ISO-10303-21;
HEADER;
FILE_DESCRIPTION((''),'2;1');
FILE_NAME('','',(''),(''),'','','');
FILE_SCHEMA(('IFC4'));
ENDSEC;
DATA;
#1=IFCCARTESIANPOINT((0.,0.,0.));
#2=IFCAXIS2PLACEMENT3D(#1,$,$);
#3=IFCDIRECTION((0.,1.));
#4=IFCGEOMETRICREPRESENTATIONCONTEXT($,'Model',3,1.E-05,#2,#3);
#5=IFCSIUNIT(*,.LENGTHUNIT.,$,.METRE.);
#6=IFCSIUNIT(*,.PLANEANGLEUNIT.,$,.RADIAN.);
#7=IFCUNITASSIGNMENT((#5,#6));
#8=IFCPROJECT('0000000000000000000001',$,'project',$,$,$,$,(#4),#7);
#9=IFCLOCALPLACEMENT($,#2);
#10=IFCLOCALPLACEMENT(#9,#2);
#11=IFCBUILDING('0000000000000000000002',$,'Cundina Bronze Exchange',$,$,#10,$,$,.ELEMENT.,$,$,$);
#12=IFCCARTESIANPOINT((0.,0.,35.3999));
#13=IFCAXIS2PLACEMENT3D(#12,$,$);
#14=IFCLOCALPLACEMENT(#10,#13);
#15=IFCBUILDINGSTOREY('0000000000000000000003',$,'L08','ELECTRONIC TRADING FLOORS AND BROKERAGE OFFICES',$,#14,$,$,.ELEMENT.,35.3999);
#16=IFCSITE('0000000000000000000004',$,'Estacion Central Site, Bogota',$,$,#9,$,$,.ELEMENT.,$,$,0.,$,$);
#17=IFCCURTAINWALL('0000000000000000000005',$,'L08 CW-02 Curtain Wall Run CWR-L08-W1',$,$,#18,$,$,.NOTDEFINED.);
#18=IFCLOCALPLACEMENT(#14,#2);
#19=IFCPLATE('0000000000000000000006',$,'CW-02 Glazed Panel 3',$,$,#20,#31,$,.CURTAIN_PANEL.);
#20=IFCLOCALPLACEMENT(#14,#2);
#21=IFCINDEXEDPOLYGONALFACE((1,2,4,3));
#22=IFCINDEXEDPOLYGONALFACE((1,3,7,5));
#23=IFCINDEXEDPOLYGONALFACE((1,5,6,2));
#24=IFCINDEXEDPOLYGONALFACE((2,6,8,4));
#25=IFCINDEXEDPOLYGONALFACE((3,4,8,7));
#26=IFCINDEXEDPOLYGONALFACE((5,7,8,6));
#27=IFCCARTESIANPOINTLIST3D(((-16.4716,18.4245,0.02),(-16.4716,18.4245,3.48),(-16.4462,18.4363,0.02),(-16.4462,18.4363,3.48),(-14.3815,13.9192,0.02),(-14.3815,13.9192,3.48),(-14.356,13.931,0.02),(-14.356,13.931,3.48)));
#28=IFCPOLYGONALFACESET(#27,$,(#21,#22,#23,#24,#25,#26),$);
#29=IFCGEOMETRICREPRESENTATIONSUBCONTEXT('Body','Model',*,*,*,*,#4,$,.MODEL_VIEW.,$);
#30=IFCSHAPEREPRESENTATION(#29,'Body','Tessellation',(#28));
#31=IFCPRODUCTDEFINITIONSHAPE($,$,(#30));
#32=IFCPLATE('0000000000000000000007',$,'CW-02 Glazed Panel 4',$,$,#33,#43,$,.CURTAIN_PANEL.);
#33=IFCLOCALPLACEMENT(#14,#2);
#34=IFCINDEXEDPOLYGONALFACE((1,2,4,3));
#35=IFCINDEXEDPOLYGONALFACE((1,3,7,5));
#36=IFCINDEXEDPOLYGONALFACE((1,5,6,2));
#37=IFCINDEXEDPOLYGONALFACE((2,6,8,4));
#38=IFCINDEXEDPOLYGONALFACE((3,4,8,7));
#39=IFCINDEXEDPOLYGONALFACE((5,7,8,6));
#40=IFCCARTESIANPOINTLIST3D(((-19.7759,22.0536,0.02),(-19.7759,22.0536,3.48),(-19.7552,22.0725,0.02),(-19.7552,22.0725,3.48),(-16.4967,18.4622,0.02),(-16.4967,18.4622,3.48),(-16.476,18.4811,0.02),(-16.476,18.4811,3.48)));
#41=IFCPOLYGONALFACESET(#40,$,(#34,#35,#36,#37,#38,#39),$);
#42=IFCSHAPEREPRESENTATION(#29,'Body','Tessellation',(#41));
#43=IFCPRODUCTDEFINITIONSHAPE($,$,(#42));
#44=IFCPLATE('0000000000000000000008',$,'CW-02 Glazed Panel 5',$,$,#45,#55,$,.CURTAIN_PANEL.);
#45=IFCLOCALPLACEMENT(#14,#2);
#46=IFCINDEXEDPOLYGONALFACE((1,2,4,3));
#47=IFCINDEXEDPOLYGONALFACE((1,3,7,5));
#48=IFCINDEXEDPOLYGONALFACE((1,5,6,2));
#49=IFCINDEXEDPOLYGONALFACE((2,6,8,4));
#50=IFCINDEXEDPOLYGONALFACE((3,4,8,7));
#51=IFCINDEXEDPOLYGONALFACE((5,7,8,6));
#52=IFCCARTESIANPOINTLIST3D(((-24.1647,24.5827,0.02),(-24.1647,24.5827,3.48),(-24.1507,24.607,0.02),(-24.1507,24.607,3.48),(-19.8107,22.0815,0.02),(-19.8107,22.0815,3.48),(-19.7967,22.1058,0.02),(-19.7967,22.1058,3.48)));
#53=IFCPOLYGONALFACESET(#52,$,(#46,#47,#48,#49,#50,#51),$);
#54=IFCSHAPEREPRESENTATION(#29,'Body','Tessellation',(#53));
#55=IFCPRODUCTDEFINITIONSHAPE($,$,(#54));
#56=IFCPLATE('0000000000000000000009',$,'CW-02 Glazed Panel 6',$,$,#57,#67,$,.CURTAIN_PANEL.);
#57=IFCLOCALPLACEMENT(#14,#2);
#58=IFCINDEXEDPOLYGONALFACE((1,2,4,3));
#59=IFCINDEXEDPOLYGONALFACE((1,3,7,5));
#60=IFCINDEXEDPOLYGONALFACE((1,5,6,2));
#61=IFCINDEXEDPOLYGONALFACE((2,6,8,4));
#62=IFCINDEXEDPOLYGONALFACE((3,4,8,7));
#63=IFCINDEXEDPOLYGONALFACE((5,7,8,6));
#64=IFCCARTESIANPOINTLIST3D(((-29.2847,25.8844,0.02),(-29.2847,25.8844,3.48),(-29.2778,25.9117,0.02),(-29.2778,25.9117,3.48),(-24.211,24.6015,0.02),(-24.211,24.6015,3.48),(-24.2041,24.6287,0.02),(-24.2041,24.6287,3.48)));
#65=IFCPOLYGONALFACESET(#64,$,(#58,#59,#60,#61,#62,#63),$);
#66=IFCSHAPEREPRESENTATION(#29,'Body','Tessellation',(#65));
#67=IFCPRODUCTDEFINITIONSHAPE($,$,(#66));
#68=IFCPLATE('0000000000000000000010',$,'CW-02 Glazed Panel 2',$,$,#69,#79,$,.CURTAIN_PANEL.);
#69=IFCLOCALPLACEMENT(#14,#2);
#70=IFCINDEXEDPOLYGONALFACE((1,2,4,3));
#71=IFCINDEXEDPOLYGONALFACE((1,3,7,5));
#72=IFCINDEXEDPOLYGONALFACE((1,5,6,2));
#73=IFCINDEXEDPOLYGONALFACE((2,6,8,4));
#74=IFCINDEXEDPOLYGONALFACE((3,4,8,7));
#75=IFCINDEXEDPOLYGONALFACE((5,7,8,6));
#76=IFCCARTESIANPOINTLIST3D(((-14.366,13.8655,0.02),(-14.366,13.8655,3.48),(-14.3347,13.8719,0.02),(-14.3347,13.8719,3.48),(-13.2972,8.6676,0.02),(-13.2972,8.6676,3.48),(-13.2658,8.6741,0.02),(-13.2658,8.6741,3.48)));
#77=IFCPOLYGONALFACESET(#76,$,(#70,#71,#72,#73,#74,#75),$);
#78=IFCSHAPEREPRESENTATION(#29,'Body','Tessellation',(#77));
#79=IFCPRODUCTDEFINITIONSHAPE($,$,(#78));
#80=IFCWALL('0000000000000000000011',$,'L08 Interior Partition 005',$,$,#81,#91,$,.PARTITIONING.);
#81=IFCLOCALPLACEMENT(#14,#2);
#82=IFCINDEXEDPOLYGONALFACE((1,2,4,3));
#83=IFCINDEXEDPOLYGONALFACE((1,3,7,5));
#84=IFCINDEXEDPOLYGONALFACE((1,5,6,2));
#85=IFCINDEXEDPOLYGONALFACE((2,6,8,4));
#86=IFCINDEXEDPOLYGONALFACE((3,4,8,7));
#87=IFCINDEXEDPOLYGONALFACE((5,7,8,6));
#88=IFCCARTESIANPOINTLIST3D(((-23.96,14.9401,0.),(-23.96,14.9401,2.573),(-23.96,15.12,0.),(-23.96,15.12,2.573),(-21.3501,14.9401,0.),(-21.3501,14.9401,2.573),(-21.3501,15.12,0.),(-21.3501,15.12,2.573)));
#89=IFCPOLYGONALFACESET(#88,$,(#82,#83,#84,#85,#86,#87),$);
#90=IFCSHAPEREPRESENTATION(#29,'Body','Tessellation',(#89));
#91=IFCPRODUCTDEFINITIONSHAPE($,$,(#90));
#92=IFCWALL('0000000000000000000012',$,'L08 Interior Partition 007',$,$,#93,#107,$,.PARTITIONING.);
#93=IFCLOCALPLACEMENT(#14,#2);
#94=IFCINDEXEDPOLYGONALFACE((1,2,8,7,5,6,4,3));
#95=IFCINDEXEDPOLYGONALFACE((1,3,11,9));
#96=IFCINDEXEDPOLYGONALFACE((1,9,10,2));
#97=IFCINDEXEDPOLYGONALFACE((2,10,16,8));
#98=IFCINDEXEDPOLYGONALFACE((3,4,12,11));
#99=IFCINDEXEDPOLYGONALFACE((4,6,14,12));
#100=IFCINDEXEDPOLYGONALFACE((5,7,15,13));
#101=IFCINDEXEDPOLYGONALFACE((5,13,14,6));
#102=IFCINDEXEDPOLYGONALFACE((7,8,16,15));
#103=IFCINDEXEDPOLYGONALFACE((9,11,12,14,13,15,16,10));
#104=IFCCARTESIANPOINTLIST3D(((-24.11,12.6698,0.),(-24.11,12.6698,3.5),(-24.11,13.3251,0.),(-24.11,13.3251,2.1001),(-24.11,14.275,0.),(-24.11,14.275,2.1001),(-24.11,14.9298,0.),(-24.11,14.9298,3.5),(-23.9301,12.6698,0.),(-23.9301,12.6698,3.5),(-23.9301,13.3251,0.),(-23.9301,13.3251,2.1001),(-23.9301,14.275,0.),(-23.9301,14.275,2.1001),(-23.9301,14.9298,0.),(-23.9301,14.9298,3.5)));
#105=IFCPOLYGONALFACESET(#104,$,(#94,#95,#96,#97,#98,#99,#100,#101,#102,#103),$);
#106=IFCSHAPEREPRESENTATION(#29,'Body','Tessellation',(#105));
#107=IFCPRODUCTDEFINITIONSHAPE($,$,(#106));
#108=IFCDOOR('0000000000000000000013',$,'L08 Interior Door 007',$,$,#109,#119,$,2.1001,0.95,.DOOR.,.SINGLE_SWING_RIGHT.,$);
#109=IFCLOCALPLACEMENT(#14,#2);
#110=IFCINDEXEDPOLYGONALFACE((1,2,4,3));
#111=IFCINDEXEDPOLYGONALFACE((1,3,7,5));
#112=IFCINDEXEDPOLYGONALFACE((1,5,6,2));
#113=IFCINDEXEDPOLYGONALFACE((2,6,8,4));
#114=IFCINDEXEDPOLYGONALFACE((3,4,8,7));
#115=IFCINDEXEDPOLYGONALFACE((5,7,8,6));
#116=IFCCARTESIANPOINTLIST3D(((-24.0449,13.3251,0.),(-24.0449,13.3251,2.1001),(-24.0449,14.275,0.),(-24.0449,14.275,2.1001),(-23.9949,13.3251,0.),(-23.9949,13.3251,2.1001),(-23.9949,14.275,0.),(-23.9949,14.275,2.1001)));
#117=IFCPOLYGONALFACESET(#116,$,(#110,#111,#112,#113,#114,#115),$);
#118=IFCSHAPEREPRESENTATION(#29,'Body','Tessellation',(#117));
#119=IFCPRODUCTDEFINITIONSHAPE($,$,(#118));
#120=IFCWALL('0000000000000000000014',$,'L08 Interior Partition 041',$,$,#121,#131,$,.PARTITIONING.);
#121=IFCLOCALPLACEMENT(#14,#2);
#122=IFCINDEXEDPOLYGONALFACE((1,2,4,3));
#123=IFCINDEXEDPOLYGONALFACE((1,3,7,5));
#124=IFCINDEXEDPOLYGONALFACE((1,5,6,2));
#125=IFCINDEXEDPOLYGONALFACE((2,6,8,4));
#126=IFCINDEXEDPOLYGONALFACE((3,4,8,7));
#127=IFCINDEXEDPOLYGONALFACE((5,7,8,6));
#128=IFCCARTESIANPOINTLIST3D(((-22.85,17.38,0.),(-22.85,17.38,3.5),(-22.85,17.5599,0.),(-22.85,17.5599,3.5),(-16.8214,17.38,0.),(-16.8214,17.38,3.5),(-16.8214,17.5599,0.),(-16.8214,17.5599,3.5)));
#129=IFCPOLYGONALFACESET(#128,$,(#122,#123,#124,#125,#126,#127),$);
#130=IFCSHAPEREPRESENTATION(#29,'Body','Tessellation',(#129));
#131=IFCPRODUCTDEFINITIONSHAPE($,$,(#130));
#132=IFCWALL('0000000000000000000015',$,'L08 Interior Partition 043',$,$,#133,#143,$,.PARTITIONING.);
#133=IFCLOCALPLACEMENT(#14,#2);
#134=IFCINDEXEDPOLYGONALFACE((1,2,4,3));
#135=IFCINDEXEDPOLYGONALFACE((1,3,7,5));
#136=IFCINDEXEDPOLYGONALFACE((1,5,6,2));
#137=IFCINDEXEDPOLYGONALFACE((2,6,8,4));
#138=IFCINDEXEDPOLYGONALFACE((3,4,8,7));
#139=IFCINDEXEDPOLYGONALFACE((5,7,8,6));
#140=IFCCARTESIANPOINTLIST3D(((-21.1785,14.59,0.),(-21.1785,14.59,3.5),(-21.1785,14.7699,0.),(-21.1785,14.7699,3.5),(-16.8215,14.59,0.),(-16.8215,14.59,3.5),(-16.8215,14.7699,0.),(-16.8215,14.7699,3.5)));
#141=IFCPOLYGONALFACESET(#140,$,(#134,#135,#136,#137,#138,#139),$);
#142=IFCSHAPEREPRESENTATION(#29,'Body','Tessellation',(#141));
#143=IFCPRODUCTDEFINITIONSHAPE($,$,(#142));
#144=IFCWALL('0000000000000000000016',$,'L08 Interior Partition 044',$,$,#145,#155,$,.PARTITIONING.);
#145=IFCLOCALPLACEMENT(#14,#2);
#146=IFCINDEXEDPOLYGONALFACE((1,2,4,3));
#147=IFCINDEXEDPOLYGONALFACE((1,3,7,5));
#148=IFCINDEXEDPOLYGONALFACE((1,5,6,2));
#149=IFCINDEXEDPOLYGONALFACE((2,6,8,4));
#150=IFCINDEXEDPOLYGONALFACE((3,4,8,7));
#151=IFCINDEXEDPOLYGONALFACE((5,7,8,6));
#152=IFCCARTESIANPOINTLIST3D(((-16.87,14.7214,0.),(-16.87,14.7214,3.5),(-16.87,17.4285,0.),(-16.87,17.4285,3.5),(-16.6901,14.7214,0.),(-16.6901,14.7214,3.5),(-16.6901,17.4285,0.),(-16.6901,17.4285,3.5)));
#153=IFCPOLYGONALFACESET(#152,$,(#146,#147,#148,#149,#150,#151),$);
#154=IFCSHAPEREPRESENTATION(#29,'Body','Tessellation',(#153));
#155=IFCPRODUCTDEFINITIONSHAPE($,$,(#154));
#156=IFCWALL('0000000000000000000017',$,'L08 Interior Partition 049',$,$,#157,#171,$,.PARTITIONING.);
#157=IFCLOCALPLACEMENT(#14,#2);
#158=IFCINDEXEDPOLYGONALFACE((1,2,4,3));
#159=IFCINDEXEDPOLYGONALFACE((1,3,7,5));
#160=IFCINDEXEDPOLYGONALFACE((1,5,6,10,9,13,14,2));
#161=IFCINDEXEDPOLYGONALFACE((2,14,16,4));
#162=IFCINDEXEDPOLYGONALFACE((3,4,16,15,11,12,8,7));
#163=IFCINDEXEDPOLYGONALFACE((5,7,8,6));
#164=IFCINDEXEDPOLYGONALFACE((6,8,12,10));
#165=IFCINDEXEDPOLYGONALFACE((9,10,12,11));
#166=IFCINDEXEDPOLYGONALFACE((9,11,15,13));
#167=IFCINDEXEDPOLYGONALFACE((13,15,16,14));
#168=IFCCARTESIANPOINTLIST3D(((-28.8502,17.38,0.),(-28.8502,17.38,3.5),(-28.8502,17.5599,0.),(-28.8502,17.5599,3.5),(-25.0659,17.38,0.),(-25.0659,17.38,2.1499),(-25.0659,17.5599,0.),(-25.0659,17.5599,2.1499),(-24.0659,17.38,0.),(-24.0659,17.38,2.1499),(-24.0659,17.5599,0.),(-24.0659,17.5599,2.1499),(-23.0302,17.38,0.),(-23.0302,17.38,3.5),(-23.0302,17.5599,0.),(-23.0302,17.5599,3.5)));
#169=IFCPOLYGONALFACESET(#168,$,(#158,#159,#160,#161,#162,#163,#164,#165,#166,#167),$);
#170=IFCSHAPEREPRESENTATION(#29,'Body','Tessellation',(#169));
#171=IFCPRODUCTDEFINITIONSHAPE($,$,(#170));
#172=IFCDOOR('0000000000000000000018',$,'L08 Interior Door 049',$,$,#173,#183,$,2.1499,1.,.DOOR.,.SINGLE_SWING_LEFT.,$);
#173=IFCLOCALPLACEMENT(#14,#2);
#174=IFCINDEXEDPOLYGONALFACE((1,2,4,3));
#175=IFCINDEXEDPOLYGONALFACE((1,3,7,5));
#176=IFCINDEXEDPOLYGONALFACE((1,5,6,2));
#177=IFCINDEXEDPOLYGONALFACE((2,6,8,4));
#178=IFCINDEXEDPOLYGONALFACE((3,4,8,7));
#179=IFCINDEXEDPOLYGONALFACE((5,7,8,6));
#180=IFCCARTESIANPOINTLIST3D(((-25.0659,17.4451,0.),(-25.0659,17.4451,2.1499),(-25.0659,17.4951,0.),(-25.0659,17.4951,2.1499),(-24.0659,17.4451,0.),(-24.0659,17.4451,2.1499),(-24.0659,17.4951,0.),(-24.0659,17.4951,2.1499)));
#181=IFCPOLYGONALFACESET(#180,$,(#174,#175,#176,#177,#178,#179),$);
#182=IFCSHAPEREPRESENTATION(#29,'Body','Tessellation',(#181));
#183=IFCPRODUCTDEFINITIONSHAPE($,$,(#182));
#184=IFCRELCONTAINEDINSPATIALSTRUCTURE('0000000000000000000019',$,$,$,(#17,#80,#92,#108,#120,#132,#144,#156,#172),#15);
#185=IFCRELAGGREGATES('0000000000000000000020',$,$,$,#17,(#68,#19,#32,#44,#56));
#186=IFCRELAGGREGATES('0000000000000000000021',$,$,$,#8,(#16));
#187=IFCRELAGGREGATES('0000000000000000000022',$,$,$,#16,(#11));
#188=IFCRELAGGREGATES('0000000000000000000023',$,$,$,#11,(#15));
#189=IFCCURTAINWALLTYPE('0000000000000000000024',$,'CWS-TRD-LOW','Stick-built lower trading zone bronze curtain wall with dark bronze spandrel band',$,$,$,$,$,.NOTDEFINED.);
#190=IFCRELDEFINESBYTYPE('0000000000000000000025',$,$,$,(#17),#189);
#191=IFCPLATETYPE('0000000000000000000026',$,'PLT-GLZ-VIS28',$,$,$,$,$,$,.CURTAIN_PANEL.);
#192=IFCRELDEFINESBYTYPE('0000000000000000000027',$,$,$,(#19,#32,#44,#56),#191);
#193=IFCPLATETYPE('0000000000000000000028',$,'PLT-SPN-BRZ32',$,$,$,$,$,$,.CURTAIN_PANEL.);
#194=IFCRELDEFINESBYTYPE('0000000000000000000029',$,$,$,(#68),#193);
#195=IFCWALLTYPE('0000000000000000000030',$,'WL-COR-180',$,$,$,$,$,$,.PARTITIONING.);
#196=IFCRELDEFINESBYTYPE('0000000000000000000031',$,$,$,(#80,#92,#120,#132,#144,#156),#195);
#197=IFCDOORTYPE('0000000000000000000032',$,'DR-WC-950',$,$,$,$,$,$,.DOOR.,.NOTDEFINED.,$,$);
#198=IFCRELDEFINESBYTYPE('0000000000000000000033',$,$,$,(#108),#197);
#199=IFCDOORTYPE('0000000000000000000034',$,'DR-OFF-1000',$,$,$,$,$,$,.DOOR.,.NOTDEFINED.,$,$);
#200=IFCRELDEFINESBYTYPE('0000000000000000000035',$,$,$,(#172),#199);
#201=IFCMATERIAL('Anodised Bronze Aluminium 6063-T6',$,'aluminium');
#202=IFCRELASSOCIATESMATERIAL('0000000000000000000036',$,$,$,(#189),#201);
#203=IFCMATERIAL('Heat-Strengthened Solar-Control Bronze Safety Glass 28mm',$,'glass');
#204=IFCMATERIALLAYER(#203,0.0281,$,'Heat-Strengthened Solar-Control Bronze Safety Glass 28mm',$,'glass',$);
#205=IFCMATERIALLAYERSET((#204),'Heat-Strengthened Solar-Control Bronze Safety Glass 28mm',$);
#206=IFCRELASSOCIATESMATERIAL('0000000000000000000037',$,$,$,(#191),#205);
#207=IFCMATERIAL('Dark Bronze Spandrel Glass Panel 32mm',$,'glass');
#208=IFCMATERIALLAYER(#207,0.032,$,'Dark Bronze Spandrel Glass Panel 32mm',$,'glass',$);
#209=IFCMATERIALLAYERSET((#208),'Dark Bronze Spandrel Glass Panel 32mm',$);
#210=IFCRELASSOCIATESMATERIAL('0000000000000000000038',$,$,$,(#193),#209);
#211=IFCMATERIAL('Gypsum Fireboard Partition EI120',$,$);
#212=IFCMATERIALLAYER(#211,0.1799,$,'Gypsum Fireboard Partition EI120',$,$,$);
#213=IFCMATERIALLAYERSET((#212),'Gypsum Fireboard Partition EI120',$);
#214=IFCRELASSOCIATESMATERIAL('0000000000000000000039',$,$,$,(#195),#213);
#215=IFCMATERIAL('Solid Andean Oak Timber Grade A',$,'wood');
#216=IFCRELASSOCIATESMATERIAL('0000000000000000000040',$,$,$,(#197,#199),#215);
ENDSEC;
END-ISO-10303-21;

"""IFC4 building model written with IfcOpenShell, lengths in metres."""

from ifc_helpers import new_model, si_unit, direction, frame, frame_2d, origin, origin_2d, place, context, subcontext, project, spatial, rectangle, extrude, material, layer, layer_set, type_object, element, fill, aggregate, save


model = new_model("IFC4")

# Units and contexts
model_context = context("Model", 3, precision=1e-05, world=origin(), true_north=direction((0.0, 1.0)))
body_context = subcontext(model_context, "Body", "Model", "MODEL_VIEW")
ifc_project = project(units=[si_unit("LENGTHUNIT", "METRE"), si_unit("PLANEANGLEUNIT", "RADIAN")], contexts=[model_context])

# Site, building, storey
site_placement = place(None, origin())
site = spatial("IfcSite", under=ifc_project, at=site_placement, Name="Estacion Central Site, Bogota", CompositionType="ELEMENT", RefElevation=0.0)
building_placement = place(site_placement, origin())
building = spatial("IfcBuilding", under=site, at=building_placement, Name="Cundina Bronze Exchange", CompositionType="ELEMENT")
storey_placement = place(building_placement, frame((0.0, 0.0, 35.3999)))
storey = spatial("IfcBuildingStorey", under=building, at=storey_placement, Name="L08", Description="ELECTRONIC TRADING FLOORS AND BROKERAGE OFFICES", CompositionType="ELEMENT", Elevation=35.3999)

# Curtain wall, plates
ifc_material_1 = material(Name="Anodised Bronze Aluminium 6063-T6", Category="aluminium")
curtain_wall_type = type_object("IfcCurtainWallType", Name="CWS-TRD-LOW", Description="Stick-built lower trading zone bronze curtain wall with dark bronze spandrel band", PredefinedType="NOTDEFINED", material=ifc_material_1)
curtain_wall_placement = place(storey_placement, origin())
curtain_wall = element("IfcCurtainWall", 1, at=curtain_wall_placement, inside=storey, type_object=curtain_wall_type, Name="L08 CW-02 Curtain Wall Run CWR-L08-W1", PredefinedType="NOTDEFINED")
ifc_material_2 = material(Name="Heat-Strengthened Solar-Control Bronze Safety Glass 28mm", Category="glass")
ifc_layer_1 = layer(ifc_material_2, 0.0281, Name="Heat-Strengthened Solar-Control Bronze Safety Glass 28mm", Category="glass")
ifc_layer_set_1 = layer_set([ifc_layer_1], Name="Heat-Strengthened Solar-Control Bronze Safety Glass 28mm")
plate_type_1 = type_object("IfcPlateType", Name="PLT-GLZ-VIS28", PredefinedType="CURTAIN_PANEL", material=ifc_layer_set_1)
plate_1_placement = place(storey_placement, frame((-15.4138, 16.1777, 0.02), z_axis=(0.0, 0.0, 1.0), x_axis=(-0.420846, 0.907132, 0.0)))
plate_1 = element("IfcPlate", 2, at=plate_1_placement, type_object=plate_type_1, Name="CW-02 Glazed Panel 3", PredefinedType="CURTAIN_PANEL", context=body_context, shape_type="SweptSolid", body=[
    extrude(rectangle(XDim=4.9666, YDim=0.0281, at=origin_2d()), origin(), (0.0, 0.0, 1.0), 3.46),
])
plate_2_placement = place(storey_placement, frame((-18.126, 20.2673, 0.02), z_axis=(0.0, 0.0, 1.0), x_axis=(-0.674277, 0.738479, 0.0)))
plate_2 = element("IfcPlate", 3, at=plate_2_placement, type_object=plate_type_1, Name="CW-02 Glazed Panel 4", PredefinedType="CURTAIN_PANEL", context=body_context, shape_type="SweptSolid", body=[
    extrude(rectangle(XDim=4.8633, YDim=0.0281, at=origin_2d()), origin(), (0.0, 0.0, 1.0), 3.46),
])
plate_3_placement = place(storey_placement, frame((-21.9807, 23.3442, 0.02), z_axis=(0.0, 0.0, 1.0), x_axis=(-0.867105, 0.498125, 0.0)))
plate_3 = element("IfcPlate", 4, at=plate_3_placement, type_object=plate_type_1, Name="CW-02 Glazed Panel 5", PredefinedType="CURTAIN_PANEL", context=body_context, shape_type="SweptSolid", body=[
    extrude(rectangle(XDim=5.0212, YDim=0.0281, at=origin_2d()), origin(), (0.0, 0.0, 1.0), 3.46),
])
plate_4_placement = place(storey_placement, frame((-26.7444, 25.2566, 0.02), z_axis=(0.0, 0.0, 1.0), x_axis=(-0.969488, 0.245138, 0.0)))
plate_4 = element("IfcPlate", 5, at=plate_4_placement, type_object=plate_type_1, Name="CW-02 Glazed Panel 6", PredefinedType="CURTAIN_PANEL", context=body_context, shape_type="SweptSolid", body=[
    extrude(rectangle(XDim=5.2334, YDim=0.0281, at=origin_2d()), origin(), (0.0, 0.0, 1.0), 3.46),
])
ifc_material_3 = material(Name="Dark Bronze Spandrel Glass Panel 32mm", Category="glass")
ifc_layer_2 = layer(ifc_material_3, 0.032, Name="Dark Bronze Spandrel Glass Panel 32mm", Category="glass")
ifc_layer_set_2 = layer_set([ifc_layer_2], Name="Dark Bronze Spandrel Glass Panel 32mm")
plate_type_2 = type_object("IfcPlateType", Name="PLT-SPN-BRZ32", PredefinedType="CURTAIN_PANEL", material=ifc_layer_set_2)
plate_5_placement = place(storey_placement, frame((-13.8159, 11.2698, 0.02), z_axis=(0.0, 0.0, 1.0), x_axis=(-0.20142, 0.979505, 0.0)))
plate_5 = element("IfcPlate", 6, at=plate_5_placement, type_object=plate_type_2, Name="CW-02 Glazed Panel 2", PredefinedType="CURTAIN_PANEL", context=body_context, shape_type="SweptSolid", body=[
    extrude(rectangle(XDim=5.3066, YDim=0.032, at=origin_2d()), origin(), (0.0, 0.0, 1.0), 3.46),
])
aggregate(curtain_wall, [plate_5, plate_1, plate_2, plate_3, plate_4])

# Wall
ifc_material_4 = material(Name="Gypsum Fireboard Partition EI120")
ifc_layer_3 = layer(ifc_material_4, 0.1799, Name="Gypsum Fireboard Partition EI120")
ifc_layer_set_3 = layer_set([ifc_layer_3], Name="Gypsum Fireboard Partition EI120")
wall_type_1 = type_object("IfcWallType", Name="WL-COR-180", PredefinedType="PARTITIONING", material=ifc_layer_set_3)
wall_1_placement = place(storey_placement, frame((-23.96, 15.03, 0.0), z_axis=(0.0, 0.0, 1.0), x_axis=(1.0, 0.0, 0.0)))
element("IfcWall", 7, at=wall_1_placement, inside=storey, type_object=wall_type_1, Name="L08 Interior Partition 005", PredefinedType="PARTITIONING", context=body_context, shape_type="SweptSolid", body=[
    extrude(rectangle(XDim=2.6099, YDim=0.1799, at=frame_2d((1.3049, 0.0))), origin(), (0.0, 0.0, 1.0), 2.573),
])

# Wall, opening, door
wall_2_placement = place(storey_placement, frame((-24.02, 12.6699, 0.0), z_axis=(0.0, 0.0, 1.0), x_axis=(0.0, 1.0, 0.0)))
wall_2 = element("IfcWall", 8, at=wall_2_placement, inside=storey, type_object=wall_type_1, Name="L08 Interior Partition 007", PredefinedType="PARTITIONING", context=body_context, shape_type="SweptSolid", body=[
    extrude(rectangle(XDim=2.26, YDim=0.1799, at=frame_2d((1.1299, 0.0))), origin(), (0.0, 0.0, 1.0), 3.5),
])
opening_1_placement = place(wall_2_placement, frame((0.655, 0.0, 0.0)))
opening_1 = element("IfcOpeningElement", 9, at=opening_1_placement, cuts=wall_2, PredefinedType="OPENING", context=body_context, shape_type="SweptSolid", body=[
    extrude(rectangle(XDim=0.95, YDim=2.1001, at=frame_2d((0.4751, 1.05))), frame((0.0, 0.0999, 0.0), z_axis=(0.0, -1.0, 0.0), x_axis=(1.0, 0.0, 0.0)), (0.0, 0.0, 1.0), 0.2),
])
ifc_material_5 = material(Name="Solid Andean Oak Timber Grade A", Category="wood")
door_type_1 = type_object("IfcDoorType", Name="DR-WC-950", OperationType="NOTDEFINED", PredefinedType="DOOR", material=ifc_material_5)
door_1_placement = place(opening_1_placement, origin())
door_1 = element("IfcDoor", 10, at=door_1_placement, inside=storey, type_object=door_type_1, Name="L08 Interior Door 007", OperationType="SINGLE_SWING_RIGHT", OverallHeight=2.1001, OverallWidth=0.95, PredefinedType="DOOR", context=body_context, shape_type="SweptSolid", body=[
    extrude(rectangle(XDim=0.95, YDim=2.1001, at=frame_2d((0.4751, 1.05))), frame((0.0, 0.0249, 0.0), z_axis=(0.0, -1.0, 0.0), x_axis=(1.0, 0.0, 0.0)), (0.0, 0.0, 1.0), 0.05),
])
fill(opening_1, door_1)

# Walls
wall_3_placement = place(storey_placement, frame((-16.8215, 17.47, 0.0), z_axis=(0.0, 0.0, 1.0), x_axis=(-1.0, 0.0, 0.0)))
element("IfcWall", 11, at=wall_3_placement, inside=storey, type_object=wall_type_1, Name="L08 Interior Partition 041", PredefinedType="PARTITIONING", context=body_context, shape_type="SweptSolid", body=[
    extrude(rectangle(XDim=6.0286, YDim=0.1799, at=frame_2d((3.0142, 0.0))), origin(), (0.0, 0.0, 1.0), 3.5),
])
wall_4_placement = place(storey_placement, frame((-21.1785, 14.6799, 0.0), z_axis=(0.0, 0.0, 1.0), x_axis=(1.0, 0.0, 0.0)))
element("IfcWall", 12, at=wall_4_placement, inside=storey, type_object=wall_type_1, Name="L08 Interior Partition 043", PredefinedType="PARTITIONING", context=body_context, shape_type="SweptSolid", body=[
    extrude(rectangle(XDim=4.3569, YDim=0.1799, at=frame_2d((2.1785, 0.0))), origin(), (0.0, 0.0, 1.0), 3.5),
])
wall_5_placement = place(storey_placement, frame((-16.78, 14.7214, 0.0), z_axis=(0.0, 0.0, 1.0), x_axis=(0.0, 1.0, 0.0)))
element("IfcWall", 13, at=wall_5_placement, inside=storey, type_object=wall_type_1, Name="L08 Interior Partition 044", PredefinedType="PARTITIONING", context=body_context, shape_type="SweptSolid", body=[
    extrude(rectangle(XDim=2.707, YDim=0.1799, at=frame_2d((1.3535, 0.0))), origin(), (0.0, 0.0, 1.0), 3.5),
])

# Wall, opening, door
wall_6_placement = place(storey_placement, frame((-23.03, 17.47, 0.0), z_axis=(0.0, 0.0, 1.0), x_axis=(-1.0, 0.0, 0.0)))
wall_6 = element("IfcWall", 14, at=wall_6_placement, inside=storey, type_object=wall_type_1, Name="L08 Interior Partition 049", PredefinedType="PARTITIONING", context=body_context, shape_type="SweptSolid", body=[
    extrude(rectangle(XDim=5.8201, YDim=0.1799, at=frame_2d((2.9102, 0.0))), origin(), (0.0, 0.0, 1.0), 3.5),
])
opening_2_placement = place(wall_6_placement, frame((1.0359, 0.0, 0.0)))
opening_2 = element("IfcOpeningElement", 15, at=opening_2_placement, cuts=wall_6, PredefinedType="OPENING", context=body_context, shape_type="SweptSolid", body=[
    extrude(rectangle(XDim=1.0, YDim=2.1499, at=frame_2d((0.5, 1.075))), frame((0.0, 0.0999, 0.0), z_axis=(0.0, -1.0, 0.0), x_axis=(1.0, 0.0, 0.0)), (0.0, 0.0, 1.0), 0.2),
])
door_type_2 = type_object("IfcDoorType", Name="DR-OFF-1000", OperationType="NOTDEFINED", PredefinedType="DOOR", material=ifc_material_5)
door_2_placement = place(opening_2_placement, origin())
door_2 = element("IfcDoor", 16, at=door_2_placement, inside=storey, type_object=door_type_2, Name="L08 Interior Door 049", OperationType="SINGLE_SWING_LEFT", OverallHeight=2.1499, OverallWidth=1.0, PredefinedType="DOOR", context=body_context, shape_type="SweptSolid", body=[
    extrude(rectangle(XDim=1.0, YDim=2.1499, at=frame_2d((0.5, 1.075))), frame((0.0, 0.0249, 0.0), z_axis=(0.0, -1.0, 0.0), x_axis=(1.0, 0.0, 0.0)), (0.0, 0.0, 1.0), 0.05),
])
fill(opening_2, door_2)

save(model, "model.ifc")
